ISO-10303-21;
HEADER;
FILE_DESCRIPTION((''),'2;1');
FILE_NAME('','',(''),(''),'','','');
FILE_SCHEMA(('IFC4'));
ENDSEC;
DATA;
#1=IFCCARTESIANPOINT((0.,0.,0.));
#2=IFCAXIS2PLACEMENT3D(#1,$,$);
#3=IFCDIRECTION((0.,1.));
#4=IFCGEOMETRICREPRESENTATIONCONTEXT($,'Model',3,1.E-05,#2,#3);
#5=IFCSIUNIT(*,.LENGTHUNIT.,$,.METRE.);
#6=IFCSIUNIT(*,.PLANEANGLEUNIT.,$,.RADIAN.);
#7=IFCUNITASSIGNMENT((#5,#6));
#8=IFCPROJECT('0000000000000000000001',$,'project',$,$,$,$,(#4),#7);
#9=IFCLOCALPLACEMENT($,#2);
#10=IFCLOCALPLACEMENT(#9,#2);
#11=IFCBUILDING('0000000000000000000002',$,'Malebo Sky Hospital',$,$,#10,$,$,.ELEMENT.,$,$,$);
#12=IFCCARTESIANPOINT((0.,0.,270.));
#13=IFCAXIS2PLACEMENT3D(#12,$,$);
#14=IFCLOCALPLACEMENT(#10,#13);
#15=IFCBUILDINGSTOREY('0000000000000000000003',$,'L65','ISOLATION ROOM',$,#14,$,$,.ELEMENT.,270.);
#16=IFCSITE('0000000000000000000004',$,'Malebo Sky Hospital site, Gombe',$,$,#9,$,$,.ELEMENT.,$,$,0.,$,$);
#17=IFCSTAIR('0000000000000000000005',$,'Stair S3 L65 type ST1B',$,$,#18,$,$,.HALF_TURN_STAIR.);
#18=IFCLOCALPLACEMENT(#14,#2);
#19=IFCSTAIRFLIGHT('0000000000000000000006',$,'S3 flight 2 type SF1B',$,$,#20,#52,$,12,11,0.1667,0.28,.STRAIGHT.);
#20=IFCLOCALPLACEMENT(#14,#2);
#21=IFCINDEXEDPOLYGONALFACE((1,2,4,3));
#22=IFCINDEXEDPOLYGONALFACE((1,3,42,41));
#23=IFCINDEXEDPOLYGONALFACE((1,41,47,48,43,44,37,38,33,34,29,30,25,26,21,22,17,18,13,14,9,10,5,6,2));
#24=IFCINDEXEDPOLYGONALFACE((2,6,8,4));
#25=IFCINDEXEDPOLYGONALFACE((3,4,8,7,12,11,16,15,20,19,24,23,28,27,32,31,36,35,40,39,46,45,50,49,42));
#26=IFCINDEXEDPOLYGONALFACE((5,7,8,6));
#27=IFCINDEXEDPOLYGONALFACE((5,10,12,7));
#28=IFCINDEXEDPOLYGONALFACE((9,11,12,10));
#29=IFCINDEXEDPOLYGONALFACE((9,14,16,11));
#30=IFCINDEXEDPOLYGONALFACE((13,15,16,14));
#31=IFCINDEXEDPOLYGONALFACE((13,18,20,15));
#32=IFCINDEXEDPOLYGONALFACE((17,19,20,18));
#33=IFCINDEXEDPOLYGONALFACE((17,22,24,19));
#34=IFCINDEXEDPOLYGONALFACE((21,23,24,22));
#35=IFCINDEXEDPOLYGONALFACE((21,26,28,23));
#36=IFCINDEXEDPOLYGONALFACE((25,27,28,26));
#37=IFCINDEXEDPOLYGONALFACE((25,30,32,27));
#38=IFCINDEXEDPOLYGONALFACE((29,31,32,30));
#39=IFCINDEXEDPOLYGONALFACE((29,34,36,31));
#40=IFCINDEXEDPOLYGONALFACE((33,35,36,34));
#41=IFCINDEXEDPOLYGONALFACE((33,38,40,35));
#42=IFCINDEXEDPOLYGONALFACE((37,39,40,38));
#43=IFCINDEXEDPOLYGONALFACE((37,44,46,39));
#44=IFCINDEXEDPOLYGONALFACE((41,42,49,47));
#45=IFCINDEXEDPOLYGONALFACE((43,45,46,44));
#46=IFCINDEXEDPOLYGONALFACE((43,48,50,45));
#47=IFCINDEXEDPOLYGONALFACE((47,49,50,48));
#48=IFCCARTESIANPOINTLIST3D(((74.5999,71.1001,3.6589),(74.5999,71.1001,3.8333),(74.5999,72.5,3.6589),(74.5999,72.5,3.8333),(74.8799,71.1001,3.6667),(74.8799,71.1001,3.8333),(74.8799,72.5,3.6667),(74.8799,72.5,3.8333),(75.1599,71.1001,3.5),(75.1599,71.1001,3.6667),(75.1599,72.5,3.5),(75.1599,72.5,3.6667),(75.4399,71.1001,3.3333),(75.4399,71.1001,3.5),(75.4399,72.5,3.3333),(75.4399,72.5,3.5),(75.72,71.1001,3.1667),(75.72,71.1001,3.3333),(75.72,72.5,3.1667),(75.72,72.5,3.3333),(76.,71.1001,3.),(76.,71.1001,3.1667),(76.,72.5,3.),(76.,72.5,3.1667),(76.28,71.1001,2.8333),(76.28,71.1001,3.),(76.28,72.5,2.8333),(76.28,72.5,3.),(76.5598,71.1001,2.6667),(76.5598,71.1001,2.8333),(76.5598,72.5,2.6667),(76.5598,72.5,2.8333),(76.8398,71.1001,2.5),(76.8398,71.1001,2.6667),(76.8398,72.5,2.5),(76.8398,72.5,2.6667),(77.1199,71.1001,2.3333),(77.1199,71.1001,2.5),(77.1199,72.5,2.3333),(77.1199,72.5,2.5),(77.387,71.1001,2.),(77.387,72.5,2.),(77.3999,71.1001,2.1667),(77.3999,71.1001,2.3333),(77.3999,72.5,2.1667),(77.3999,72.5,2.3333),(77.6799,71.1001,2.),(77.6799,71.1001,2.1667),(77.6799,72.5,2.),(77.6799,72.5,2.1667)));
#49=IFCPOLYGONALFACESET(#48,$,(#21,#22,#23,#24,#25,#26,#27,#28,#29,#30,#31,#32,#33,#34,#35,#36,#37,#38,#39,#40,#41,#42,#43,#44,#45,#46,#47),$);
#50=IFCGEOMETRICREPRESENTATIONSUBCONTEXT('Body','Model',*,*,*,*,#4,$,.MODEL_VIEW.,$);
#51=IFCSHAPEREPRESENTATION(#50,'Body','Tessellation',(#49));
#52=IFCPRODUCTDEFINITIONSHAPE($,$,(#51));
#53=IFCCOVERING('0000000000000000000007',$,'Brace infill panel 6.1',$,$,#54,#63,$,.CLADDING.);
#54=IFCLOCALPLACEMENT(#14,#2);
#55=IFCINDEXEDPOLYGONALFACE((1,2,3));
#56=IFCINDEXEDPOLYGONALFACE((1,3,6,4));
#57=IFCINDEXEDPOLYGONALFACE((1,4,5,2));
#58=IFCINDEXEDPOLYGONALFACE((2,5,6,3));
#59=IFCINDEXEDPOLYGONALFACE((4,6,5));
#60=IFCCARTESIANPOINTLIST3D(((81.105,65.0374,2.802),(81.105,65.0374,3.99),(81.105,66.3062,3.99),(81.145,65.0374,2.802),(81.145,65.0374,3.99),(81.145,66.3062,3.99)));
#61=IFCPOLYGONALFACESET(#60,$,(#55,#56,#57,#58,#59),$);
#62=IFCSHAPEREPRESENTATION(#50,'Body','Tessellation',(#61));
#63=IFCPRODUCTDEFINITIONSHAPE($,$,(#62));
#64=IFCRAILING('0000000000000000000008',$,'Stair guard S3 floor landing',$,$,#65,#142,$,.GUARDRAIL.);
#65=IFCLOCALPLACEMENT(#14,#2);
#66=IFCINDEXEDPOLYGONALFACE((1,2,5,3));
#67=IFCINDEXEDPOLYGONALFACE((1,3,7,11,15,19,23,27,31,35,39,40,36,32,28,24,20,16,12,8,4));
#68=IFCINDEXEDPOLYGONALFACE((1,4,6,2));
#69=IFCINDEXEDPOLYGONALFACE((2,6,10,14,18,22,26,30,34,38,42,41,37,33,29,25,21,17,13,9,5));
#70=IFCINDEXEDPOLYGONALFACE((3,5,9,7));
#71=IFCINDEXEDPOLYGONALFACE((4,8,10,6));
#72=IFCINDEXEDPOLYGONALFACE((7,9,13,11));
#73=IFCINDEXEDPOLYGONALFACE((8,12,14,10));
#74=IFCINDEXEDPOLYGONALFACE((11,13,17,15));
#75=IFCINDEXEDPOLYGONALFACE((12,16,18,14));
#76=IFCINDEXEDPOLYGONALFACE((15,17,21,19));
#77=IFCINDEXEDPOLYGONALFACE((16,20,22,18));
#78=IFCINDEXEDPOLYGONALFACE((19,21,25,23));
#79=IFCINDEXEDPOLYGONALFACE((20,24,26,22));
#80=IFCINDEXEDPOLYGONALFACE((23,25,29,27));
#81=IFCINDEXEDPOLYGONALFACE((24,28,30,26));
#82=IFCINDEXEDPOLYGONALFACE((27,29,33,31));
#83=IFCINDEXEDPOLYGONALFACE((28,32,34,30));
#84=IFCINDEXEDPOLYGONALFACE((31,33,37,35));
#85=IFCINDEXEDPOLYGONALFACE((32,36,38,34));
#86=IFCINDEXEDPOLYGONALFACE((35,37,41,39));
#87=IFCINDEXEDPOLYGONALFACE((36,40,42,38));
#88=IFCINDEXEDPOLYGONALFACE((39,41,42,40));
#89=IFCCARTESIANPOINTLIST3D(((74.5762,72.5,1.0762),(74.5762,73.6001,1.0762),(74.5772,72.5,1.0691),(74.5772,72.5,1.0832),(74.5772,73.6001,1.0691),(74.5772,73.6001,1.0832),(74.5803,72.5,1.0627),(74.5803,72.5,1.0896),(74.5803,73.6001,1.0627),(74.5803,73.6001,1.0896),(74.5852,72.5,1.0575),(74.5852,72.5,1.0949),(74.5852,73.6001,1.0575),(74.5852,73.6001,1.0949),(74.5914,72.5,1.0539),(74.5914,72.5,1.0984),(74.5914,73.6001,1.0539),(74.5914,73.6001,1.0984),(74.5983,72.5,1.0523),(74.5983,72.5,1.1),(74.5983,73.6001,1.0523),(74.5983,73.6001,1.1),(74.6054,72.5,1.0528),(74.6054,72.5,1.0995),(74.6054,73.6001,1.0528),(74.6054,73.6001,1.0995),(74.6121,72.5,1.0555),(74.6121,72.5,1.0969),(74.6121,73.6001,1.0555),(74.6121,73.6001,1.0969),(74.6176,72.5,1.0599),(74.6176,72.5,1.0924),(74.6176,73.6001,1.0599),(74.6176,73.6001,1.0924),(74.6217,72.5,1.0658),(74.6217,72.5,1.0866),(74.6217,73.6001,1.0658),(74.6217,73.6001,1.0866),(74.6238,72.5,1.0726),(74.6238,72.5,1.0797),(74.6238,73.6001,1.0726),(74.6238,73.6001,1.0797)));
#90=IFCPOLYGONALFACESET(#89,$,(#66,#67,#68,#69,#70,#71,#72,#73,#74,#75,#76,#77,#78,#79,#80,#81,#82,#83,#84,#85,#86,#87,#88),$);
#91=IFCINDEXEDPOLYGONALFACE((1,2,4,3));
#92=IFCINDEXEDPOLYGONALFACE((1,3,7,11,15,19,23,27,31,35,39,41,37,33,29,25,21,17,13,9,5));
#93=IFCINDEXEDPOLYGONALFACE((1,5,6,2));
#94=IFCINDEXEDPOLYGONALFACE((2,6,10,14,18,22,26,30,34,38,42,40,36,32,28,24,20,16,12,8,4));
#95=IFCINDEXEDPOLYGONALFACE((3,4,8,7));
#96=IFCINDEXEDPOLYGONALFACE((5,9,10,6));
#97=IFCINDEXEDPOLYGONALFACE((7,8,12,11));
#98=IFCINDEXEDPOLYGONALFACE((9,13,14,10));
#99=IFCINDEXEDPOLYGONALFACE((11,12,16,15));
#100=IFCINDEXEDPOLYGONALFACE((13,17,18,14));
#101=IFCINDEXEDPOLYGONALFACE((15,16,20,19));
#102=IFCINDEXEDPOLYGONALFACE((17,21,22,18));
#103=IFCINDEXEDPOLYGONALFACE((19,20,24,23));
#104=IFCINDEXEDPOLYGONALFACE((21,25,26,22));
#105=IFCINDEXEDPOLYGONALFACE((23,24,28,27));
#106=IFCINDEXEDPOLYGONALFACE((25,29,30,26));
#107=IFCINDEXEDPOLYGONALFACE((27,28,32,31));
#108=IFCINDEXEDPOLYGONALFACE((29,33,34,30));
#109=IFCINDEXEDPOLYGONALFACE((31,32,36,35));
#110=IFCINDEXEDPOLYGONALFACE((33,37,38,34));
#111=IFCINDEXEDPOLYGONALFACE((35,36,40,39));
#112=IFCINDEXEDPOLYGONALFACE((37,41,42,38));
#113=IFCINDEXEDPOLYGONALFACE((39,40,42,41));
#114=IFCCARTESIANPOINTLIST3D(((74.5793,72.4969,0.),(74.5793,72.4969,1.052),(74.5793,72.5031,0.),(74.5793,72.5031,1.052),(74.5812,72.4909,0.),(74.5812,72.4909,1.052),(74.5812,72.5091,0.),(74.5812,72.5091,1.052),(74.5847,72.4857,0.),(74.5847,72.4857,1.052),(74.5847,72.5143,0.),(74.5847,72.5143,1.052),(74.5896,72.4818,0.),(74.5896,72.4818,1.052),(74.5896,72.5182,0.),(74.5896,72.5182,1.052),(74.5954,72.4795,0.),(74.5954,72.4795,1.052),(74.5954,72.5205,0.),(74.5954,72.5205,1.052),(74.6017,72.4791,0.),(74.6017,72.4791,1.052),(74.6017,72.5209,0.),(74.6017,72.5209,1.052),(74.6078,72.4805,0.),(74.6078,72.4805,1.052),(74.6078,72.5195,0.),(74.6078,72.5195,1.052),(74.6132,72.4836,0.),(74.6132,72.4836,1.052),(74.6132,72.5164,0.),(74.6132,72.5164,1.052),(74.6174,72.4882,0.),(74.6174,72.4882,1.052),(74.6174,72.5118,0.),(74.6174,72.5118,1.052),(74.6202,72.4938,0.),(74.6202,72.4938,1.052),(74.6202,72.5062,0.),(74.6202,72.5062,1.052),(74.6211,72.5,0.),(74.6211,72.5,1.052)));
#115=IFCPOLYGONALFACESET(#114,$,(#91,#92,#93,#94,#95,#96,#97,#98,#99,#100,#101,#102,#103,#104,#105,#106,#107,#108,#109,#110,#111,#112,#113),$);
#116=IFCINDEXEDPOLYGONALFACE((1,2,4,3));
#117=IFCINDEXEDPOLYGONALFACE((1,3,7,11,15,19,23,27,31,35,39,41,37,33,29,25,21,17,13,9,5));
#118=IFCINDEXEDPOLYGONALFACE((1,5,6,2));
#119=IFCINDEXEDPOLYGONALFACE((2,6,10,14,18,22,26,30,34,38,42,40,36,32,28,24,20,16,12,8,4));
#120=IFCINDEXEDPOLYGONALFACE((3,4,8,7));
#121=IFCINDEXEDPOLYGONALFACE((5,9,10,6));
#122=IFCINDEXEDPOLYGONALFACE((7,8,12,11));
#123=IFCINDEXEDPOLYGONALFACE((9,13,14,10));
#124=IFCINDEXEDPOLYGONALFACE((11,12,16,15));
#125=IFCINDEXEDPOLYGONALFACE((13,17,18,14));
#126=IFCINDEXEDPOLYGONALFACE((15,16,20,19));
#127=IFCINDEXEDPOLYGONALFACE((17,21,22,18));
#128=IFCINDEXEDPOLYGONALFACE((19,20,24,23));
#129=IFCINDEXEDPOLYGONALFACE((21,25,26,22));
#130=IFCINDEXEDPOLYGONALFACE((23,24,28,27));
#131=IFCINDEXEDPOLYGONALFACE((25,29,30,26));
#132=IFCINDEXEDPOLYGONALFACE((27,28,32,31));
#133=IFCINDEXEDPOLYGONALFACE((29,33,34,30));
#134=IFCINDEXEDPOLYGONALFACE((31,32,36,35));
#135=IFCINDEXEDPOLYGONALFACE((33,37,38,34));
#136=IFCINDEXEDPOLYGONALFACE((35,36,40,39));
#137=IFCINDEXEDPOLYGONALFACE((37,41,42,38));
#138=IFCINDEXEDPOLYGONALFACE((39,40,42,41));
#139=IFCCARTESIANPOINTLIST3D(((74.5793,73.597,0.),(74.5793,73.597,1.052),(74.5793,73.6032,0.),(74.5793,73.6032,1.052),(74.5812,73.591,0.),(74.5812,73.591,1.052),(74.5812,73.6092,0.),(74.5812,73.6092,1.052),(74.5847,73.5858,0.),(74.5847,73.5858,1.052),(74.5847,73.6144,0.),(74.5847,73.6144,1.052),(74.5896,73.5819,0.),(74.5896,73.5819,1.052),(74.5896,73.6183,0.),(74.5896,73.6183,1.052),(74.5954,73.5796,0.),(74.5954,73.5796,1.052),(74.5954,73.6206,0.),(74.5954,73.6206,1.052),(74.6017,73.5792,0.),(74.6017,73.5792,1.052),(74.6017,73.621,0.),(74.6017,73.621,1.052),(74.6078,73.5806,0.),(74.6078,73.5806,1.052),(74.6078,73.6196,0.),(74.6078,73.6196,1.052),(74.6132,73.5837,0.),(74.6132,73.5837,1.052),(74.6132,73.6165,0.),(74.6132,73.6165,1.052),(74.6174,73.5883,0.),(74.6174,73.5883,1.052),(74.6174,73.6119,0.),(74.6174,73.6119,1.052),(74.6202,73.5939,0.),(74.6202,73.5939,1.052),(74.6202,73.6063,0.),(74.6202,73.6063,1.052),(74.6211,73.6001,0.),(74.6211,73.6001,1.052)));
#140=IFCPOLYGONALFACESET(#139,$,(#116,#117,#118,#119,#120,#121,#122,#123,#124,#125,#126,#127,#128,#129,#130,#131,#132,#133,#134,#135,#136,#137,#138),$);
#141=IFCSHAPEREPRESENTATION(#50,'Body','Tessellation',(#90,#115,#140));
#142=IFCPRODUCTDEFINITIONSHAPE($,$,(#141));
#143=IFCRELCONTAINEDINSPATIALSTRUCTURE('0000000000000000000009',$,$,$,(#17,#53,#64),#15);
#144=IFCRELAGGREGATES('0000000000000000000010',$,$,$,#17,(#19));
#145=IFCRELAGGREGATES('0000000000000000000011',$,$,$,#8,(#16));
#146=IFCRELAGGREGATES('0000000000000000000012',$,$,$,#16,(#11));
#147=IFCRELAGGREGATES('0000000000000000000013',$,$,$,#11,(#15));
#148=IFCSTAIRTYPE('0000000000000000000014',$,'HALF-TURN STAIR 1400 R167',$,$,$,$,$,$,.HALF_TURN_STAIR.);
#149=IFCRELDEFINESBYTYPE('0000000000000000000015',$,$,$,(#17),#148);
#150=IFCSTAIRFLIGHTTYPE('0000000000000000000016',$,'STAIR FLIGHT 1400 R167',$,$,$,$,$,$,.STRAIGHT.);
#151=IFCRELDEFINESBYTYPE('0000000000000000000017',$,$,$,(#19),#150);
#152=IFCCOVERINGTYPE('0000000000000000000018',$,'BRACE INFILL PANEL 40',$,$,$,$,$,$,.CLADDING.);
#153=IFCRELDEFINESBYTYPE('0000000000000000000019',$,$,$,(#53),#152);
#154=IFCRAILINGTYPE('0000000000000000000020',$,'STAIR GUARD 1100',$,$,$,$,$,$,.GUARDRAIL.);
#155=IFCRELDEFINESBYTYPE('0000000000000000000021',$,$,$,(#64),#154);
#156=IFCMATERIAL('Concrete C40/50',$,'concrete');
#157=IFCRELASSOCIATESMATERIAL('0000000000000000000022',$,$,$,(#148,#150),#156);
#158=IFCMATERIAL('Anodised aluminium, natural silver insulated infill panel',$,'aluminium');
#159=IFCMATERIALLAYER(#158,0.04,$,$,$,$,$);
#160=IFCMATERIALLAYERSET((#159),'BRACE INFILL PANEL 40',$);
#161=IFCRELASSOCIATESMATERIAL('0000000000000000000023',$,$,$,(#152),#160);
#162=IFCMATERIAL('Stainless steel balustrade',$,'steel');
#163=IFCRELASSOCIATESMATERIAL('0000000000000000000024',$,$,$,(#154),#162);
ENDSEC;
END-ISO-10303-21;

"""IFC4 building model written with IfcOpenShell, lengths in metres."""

from ifc_helpers import new_model, si_unit, direction, frame, origin, origin_2d, place, context, subcontext, project, spatial, polyline, circle, outline, extrude, material, layer, layer_set, type_object, element, aggregate, save


model = new_model("IFC4")

# Units and contexts
model_context = context("Model", 3, precision=1e-05, world=origin(), true_north=direction((0.0, 1.0)))
body_context = subcontext(model_context, "Body", "Model", "MODEL_VIEW")
ifc_project = project(units=[si_unit("LENGTHUNIT", "METRE"), si_unit("PLANEANGLEUNIT", "RADIAN")], contexts=[model_context])

# Site, building, storey
site_placement = place(None, origin())
site = spatial("IfcSite", under=ifc_project, at=site_placement, Name="Malebo Sky Hospital site, Gombe", CompositionType="ELEMENT", RefElevation=0.0)
building_placement = place(site_placement, origin())
building = spatial("IfcBuilding", under=site, at=building_placement, Name="Malebo Sky Hospital", CompositionType="ELEMENT")
storey_placement = place(building_placement, frame((0.0, 0.0, 270.0)))
storey = spatial("IfcBuildingStorey", under=building, at=storey_placement, Name="L65", Description="ISOLATION ROOM", CompositionType="ELEMENT", Elevation=270.0)

# Shared definitions
ifc_material_1 = material(Name="Concrete C40/50", Category="concrete")

# Stair, stair flight
stair_type = type_object("IfcStairType", Name="HALF-TURN STAIR 1400 R167", PredefinedType="HALF_TURN_STAIR", material=ifc_material_1)
stair_placement = place(storey_placement, origin())
stair = element("IfcStair", 1, at=stair_placement, inside=storey, type_object=stair_type, Name="Stair S3 L65 type ST1B", PredefinedType="HALF_TURN_STAIR")
stair_flight_type = type_object("IfcStairFlightType", Name="STAIR FLIGHT 1400 R167", PredefinedType="STRAIGHT", material=ifc_material_1)
stair_flight_1_placement = place(storey_placement, frame((77.6799, 71.8, 2.0), z_axis=(0.0, 0.0, 1.0), x_axis=(-1.0, 0.0, 0.0)))
stair_flight_1 = element("IfcStairFlight", 2, at=stair_flight_1_placement, type_object=stair_flight_type, Name="S3 flight 2 type SF1B", NumberOfRisers=12, NumberOfTreads=11, PredefinedType="STRAIGHT", RiserHeight=0.1667, TreadLength=0.28, context=body_context, shape_type="SweptSolid", body=[
    extrude(outline(polyline([(0.0, 0.0), (0.0, 0.1667), (0.28, 0.1667), (0.28, 0.3333), (0.5601, 0.3333), (0.5601, 0.5), (0.8401, 0.5), (0.8401, 0.6667), (1.1201, 0.6667), (1.1201, 0.8333), (1.3999, 0.8333), (1.3999, 1.0), (1.6799, 1.0), (1.6799, 1.1667), (1.96, 1.1667), (1.96, 1.3333), (2.24, 1.3333), (2.24, 1.5), (2.52, 1.5), (2.52, 1.6667), (2.8, 1.6667), (2.8, 1.8333), (3.0801, 1.8333), (3.0801, 2.0), (3.0801, 1.6589), (0.293, 0.0), (0.0, 0.0)])), frame((0.0, 0.7, 0.0), z_axis=(0.0, -1.0, 0.0), x_axis=(1.0, 0.0, 0.0)), (0.0, 0.0, 1.0), 1.3999),
])
aggregate(stair, [stair_flight_1])

# Covering
ifc_material_2 = material(Name="Anodised aluminium, natural silver insulated infill panel", Category="aluminium")
ifc_layer_1 = layer(ifc_material_2, 0.04)
ifc_layer_set_1 = layer_set([ifc_layer_1], Name="BRACE INFILL PANEL 40")
covering_type = type_object("IfcCoveringType", Name="BRACE INFILL PANEL 40", PredefinedType="CLADDING", material=ifc_layer_set_1)
covering_1_placement = place(storey_placement, frame((81.125, 65.6719, 2.802), z_axis=(0.0, 0.0, 1.0), x_axis=(0.0, -1.0, 0.0)))
element("IfcCovering", 3, at=covering_1_placement, inside=storey, type_object=covering_type, Name="Brace infill panel 6.1", PredefinedType="CLADDING", context=body_context, shape_type="SweptSolid", body=[
    extrude(outline(polyline([(0.6345, 0.0), (0.6345, 1.188), (-0.6343, 1.188), (0.6345, 0.0)])), frame((0.0, 0.02, 0.0), z_axis=(0.0, -1.0, 0.0), x_axis=(1.0, 0.0, 0.0)), (0.0, 0.0, 1.0), 0.04),
])

# Railing
ifc_material_3 = material(Name="Stainless steel balustrade", Category="steel")
railing_type_1 = type_object("IfcRailingType", Name="STAIR GUARD 1100", PredefinedType="GUARDRAIL", material=ifc_material_3)
for number, where, name in (
    (4, (74.6001, 72.5, 0.0), "Stair guard S3 floor landing"),
):
    element("IfcRailing", number, at=place(storey_placement, frame(where)), inside=storey, type_object=railing_type_1, Name=name, PredefinedType="GUARDRAIL", context=body_context, shape_type="SweptSolid", body=[
        extrude(circle(Radius=0.0239, at=origin_2d()), frame((0.0, 0.0, 1.0762), z_axis=(0.0, 1.0, 0.0), x_axis=(-1.0, 0.0, 0.0)), (0.0, 0.0, 1.0), 1.1001),
        extrude(circle(Radius=0.021, at=origin_2d()), origin(), (0.0, 0.0, 1.0), 1.052),
        extrude(circle(Radius=0.021, at=origin_2d()), frame((0.0, 1.1001, 0.0)), (0.0, 0.0, 1.0), 1.052),
    ])

save(model, "model.ifc")
